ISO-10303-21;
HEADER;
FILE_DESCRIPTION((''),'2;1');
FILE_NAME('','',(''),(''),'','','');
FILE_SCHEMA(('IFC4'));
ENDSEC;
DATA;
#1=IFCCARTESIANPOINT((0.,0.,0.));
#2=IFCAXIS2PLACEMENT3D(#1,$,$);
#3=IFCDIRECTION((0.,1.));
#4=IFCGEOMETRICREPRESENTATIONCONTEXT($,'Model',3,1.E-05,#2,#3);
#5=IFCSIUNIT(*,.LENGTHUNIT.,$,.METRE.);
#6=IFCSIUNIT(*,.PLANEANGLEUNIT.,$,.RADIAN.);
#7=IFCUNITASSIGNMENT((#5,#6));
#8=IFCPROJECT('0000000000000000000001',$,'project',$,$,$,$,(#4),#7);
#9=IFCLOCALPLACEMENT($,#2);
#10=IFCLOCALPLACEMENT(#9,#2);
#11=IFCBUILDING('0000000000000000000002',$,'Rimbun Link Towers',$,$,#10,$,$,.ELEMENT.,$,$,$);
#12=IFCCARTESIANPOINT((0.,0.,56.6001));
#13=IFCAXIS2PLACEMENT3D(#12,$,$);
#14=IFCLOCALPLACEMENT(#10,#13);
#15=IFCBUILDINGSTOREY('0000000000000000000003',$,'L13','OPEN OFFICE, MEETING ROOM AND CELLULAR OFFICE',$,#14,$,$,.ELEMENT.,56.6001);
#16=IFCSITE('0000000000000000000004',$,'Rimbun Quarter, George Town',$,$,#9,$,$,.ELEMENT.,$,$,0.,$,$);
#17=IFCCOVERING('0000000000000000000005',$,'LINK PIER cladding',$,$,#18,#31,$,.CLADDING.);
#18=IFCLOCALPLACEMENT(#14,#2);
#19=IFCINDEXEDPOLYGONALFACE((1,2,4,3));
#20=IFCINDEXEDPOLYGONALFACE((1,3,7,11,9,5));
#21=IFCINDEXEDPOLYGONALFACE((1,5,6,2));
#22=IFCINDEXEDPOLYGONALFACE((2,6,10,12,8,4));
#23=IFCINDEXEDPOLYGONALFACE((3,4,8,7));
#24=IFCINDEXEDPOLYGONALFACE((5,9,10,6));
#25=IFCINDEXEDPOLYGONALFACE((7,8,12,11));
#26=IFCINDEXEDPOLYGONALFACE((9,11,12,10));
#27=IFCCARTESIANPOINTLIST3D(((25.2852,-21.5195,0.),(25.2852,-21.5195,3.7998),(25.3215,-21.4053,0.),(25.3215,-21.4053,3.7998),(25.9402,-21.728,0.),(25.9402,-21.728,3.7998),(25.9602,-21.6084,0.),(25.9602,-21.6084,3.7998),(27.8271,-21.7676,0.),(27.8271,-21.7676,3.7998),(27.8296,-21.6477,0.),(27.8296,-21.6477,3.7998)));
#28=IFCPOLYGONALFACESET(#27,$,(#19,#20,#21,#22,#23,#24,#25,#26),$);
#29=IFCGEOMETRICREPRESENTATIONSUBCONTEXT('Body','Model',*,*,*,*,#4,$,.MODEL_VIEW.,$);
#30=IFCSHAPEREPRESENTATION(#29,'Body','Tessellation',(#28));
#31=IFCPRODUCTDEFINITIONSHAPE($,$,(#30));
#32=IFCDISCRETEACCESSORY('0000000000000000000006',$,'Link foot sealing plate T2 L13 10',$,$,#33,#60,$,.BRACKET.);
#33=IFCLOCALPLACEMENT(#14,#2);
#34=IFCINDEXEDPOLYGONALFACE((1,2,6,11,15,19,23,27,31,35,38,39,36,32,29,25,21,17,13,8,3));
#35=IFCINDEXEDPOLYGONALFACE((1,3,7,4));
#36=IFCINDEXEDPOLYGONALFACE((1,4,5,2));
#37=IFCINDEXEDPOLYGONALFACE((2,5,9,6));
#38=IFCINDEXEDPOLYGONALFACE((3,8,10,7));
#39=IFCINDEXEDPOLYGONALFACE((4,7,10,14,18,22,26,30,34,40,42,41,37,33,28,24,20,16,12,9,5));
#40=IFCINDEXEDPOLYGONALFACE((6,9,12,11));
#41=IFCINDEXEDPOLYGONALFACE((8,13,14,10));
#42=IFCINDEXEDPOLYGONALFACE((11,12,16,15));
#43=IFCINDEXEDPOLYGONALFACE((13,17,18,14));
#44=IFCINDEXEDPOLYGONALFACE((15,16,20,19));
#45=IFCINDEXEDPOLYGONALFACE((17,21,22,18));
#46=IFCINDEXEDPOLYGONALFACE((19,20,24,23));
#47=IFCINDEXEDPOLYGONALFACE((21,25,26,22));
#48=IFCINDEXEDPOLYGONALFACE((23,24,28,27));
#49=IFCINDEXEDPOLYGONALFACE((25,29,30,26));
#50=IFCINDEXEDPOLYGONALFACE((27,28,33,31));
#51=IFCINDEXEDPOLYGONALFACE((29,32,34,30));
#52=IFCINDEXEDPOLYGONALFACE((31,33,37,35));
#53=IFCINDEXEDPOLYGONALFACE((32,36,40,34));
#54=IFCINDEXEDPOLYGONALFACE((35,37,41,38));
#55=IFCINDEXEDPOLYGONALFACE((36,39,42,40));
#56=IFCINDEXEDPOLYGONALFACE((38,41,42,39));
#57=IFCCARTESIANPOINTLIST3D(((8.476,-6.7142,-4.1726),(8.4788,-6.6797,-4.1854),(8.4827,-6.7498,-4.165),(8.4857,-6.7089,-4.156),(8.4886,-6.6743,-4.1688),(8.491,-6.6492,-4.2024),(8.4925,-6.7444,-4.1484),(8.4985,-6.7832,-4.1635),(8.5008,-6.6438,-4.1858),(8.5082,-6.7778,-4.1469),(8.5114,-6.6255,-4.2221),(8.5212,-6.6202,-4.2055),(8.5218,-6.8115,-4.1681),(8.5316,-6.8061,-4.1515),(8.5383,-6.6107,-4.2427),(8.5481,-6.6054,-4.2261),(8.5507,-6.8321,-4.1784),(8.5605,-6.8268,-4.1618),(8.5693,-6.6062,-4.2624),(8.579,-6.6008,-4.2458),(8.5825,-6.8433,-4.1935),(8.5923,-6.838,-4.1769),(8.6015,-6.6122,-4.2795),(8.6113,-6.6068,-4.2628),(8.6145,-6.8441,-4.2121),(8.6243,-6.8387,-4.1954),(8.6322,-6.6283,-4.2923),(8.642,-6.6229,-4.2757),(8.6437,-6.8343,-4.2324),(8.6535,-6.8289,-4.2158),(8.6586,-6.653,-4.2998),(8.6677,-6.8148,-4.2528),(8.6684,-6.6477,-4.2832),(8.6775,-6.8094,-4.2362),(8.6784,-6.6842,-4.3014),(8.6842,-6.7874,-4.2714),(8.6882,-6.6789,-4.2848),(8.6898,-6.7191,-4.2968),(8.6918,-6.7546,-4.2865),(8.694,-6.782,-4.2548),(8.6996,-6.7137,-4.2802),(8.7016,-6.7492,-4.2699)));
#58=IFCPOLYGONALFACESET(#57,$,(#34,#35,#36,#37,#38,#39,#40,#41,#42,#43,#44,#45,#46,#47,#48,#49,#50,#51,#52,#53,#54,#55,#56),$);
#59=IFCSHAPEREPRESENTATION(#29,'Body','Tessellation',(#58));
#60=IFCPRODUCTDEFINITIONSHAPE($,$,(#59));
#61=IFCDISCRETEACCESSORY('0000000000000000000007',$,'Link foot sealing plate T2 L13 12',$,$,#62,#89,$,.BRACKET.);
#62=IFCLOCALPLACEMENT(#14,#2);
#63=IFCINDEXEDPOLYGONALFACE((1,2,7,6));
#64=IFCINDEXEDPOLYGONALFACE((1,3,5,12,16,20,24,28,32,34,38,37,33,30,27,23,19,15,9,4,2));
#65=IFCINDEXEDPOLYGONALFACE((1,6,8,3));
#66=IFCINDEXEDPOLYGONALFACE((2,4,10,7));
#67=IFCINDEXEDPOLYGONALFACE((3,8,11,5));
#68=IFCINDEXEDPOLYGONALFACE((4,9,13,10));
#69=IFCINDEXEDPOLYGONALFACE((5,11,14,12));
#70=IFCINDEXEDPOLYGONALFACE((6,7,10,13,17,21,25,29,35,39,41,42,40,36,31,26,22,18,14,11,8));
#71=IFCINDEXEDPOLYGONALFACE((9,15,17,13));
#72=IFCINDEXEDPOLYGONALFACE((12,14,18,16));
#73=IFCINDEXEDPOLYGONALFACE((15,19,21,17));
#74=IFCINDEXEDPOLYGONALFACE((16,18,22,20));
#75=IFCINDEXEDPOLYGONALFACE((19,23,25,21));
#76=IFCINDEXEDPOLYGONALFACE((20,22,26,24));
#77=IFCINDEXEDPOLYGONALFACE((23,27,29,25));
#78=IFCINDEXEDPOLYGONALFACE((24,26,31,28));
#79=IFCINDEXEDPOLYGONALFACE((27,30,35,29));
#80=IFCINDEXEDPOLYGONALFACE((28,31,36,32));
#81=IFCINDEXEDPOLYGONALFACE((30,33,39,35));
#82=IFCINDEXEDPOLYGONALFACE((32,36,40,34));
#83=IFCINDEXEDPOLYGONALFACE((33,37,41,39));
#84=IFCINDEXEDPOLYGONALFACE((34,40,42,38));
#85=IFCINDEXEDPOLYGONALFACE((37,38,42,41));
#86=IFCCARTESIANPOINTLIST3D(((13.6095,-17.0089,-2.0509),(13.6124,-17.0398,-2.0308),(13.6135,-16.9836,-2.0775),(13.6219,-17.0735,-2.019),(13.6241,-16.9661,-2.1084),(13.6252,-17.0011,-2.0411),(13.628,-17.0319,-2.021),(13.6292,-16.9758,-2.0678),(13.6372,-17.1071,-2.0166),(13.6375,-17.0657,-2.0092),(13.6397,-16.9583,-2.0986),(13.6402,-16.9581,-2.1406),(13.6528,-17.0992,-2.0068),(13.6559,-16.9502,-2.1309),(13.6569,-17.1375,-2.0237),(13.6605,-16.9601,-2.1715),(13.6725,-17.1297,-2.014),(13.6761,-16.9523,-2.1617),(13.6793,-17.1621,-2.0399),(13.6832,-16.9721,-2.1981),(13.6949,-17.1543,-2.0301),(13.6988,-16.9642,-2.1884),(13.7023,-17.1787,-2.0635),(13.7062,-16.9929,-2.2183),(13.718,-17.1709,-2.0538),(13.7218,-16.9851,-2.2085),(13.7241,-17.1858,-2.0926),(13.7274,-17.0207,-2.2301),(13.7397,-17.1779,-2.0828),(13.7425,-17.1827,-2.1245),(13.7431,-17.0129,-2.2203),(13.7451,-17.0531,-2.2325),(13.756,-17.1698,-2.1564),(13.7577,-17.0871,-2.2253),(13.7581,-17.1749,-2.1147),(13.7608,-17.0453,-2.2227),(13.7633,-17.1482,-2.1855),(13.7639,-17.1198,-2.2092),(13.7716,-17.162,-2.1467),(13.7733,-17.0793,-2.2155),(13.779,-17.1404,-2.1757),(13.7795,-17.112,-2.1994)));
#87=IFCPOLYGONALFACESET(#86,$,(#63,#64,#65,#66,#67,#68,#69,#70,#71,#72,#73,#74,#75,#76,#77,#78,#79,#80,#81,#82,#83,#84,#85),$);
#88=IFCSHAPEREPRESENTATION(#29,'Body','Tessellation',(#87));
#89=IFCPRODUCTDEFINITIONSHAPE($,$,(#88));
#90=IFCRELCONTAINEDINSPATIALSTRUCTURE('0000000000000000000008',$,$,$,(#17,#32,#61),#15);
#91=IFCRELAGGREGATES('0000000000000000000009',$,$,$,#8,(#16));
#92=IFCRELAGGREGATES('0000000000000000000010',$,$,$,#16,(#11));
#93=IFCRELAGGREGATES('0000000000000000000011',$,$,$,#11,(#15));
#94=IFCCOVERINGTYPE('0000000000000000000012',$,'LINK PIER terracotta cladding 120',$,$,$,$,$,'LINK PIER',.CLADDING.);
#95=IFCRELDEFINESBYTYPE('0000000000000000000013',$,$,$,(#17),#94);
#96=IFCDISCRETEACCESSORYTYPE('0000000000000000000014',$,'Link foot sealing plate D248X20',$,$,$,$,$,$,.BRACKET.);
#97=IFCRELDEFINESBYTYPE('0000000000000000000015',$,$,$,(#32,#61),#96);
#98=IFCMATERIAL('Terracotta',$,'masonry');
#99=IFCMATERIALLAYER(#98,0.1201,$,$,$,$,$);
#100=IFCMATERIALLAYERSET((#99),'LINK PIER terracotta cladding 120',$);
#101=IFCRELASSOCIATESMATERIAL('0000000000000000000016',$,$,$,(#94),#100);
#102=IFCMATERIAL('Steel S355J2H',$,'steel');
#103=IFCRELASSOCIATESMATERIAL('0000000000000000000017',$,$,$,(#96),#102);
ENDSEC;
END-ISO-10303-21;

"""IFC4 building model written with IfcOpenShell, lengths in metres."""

from ifc_helpers import new_model, si_unit, direction, frame, origin, origin_2d, place, context, subcontext, project, spatial, polyline, circle, outline, extrude, material, layer, layer_set, material_profile, profile_set, type_object, element, save


model = new_model("IFC4")

# Units and contexts
model_context = context("Model", 3, precision=1e-05, world=origin(), true_north=direction((0.0, 1.0)))
body_context = subcontext(model_context, "Body", "Model", "MODEL_VIEW")
ifc_project = project(units=[si_unit("LENGTHUNIT", "METRE"), si_unit("PLANEANGLEUNIT", "RADIAN")], contexts=[model_context])

# Site, building, storey
site_placement = place(None, origin())
site = spatial("IfcSite", under=ifc_project, at=site_placement, Name="Rimbun Quarter, George Town", CompositionType="ELEMENT", RefElevation=0.0)
building_placement = place(site_placement, origin())
building = spatial("IfcBuilding", under=site, at=building_placement, Name="Rimbun Link Towers", CompositionType="ELEMENT")
storey_placement = place(building_placement, frame((0.0, 0.0, 56.6001)))
storey = spatial("IfcBuildingStorey", under=building, at=storey_placement, Name="L13", Description="OPEN OFFICE, MEETING ROOM AND CELLULAR OFFICE", CompositionType="ELEMENT", Elevation=56.6001)

# Covering
ifc_material_1 = material(Name="Terracotta", Category="masonry")
ifc_layer_1 = layer(ifc_material_1, 0.1201)
ifc_layer_set_1 = layer_set([ifc_layer_1], Name="LINK PIER terracotta cladding 120")
covering_type_1 = type_object("IfcCoveringType", Name="LINK PIER terracotta cladding 120", ElementType="LINK PIER", PredefinedType="CLADDING", material=ifc_layer_set_1)
covering_1_placement = place(storey_placement, origin())
element("IfcCovering", 1, at=covering_1_placement, inside=storey, type_object=covering_type_1, Name="LINK PIER cladding", PredefinedType="CLADDING", context=body_context, shape_type="SweptSolid", body=[
    extrude(outline(polyline([(27.8296, -21.6477), (25.9602, -21.6084), (25.3215, -21.4053), (25.2852, -21.5195), (25.9402, -21.728), (27.8271, -21.7676), (27.8296, -21.6477)])), origin(), (0.0, 0.0, 1.0), 3.7998),
])

# Discrete accessories
ifc_material_2 = material(Name="Steel S355J2H", Category="steel")
ifc_material_profile_1 = material_profile(ifc_material_2, circle(Radius=0.124, at=origin_2d()), Name="PL D248")
ifc_profile_set_1 = profile_set([ifc_material_profile_1], Name="Steel S355J2H")
discrete_accessory_type = type_object("IfcDiscreteAccessoryType", Name="Link foot sealing plate D248X20", PredefinedType="BRACKET", material=ifc_profile_set_1)
for number, where, z_axis, x_axis, name in (
    (2, (8.5938, -6.7202, -4.2158), (-0.488386, -0.268612, -0.830257), (0.481919, -0.876216, 0.0), "Link foot sealing plate T2 L13 10"),
    (3, (13.7026, -17.064, -2.1147), (-0.78072, -0.39036, -0.48795), (0.447214, -0.894427, 0.0), "Link foot sealing plate T2 L13 12"),
):
    element("IfcDiscreteAccessory", number, at=place(storey_placement, frame(where, z_axis=z_axis, x_axis=x_axis)), inside=storey, type_object=discrete_accessory_type, Name=name, PredefinedType="BRACKET", context=body_context, shape_type="SweptSolid", body=[
        extrude(circle(Radius=0.124, at=origin_2d()), origin(), (0.0, 0.0, 1.0), 0.02),
    ])

save(model, "model.ifc")
